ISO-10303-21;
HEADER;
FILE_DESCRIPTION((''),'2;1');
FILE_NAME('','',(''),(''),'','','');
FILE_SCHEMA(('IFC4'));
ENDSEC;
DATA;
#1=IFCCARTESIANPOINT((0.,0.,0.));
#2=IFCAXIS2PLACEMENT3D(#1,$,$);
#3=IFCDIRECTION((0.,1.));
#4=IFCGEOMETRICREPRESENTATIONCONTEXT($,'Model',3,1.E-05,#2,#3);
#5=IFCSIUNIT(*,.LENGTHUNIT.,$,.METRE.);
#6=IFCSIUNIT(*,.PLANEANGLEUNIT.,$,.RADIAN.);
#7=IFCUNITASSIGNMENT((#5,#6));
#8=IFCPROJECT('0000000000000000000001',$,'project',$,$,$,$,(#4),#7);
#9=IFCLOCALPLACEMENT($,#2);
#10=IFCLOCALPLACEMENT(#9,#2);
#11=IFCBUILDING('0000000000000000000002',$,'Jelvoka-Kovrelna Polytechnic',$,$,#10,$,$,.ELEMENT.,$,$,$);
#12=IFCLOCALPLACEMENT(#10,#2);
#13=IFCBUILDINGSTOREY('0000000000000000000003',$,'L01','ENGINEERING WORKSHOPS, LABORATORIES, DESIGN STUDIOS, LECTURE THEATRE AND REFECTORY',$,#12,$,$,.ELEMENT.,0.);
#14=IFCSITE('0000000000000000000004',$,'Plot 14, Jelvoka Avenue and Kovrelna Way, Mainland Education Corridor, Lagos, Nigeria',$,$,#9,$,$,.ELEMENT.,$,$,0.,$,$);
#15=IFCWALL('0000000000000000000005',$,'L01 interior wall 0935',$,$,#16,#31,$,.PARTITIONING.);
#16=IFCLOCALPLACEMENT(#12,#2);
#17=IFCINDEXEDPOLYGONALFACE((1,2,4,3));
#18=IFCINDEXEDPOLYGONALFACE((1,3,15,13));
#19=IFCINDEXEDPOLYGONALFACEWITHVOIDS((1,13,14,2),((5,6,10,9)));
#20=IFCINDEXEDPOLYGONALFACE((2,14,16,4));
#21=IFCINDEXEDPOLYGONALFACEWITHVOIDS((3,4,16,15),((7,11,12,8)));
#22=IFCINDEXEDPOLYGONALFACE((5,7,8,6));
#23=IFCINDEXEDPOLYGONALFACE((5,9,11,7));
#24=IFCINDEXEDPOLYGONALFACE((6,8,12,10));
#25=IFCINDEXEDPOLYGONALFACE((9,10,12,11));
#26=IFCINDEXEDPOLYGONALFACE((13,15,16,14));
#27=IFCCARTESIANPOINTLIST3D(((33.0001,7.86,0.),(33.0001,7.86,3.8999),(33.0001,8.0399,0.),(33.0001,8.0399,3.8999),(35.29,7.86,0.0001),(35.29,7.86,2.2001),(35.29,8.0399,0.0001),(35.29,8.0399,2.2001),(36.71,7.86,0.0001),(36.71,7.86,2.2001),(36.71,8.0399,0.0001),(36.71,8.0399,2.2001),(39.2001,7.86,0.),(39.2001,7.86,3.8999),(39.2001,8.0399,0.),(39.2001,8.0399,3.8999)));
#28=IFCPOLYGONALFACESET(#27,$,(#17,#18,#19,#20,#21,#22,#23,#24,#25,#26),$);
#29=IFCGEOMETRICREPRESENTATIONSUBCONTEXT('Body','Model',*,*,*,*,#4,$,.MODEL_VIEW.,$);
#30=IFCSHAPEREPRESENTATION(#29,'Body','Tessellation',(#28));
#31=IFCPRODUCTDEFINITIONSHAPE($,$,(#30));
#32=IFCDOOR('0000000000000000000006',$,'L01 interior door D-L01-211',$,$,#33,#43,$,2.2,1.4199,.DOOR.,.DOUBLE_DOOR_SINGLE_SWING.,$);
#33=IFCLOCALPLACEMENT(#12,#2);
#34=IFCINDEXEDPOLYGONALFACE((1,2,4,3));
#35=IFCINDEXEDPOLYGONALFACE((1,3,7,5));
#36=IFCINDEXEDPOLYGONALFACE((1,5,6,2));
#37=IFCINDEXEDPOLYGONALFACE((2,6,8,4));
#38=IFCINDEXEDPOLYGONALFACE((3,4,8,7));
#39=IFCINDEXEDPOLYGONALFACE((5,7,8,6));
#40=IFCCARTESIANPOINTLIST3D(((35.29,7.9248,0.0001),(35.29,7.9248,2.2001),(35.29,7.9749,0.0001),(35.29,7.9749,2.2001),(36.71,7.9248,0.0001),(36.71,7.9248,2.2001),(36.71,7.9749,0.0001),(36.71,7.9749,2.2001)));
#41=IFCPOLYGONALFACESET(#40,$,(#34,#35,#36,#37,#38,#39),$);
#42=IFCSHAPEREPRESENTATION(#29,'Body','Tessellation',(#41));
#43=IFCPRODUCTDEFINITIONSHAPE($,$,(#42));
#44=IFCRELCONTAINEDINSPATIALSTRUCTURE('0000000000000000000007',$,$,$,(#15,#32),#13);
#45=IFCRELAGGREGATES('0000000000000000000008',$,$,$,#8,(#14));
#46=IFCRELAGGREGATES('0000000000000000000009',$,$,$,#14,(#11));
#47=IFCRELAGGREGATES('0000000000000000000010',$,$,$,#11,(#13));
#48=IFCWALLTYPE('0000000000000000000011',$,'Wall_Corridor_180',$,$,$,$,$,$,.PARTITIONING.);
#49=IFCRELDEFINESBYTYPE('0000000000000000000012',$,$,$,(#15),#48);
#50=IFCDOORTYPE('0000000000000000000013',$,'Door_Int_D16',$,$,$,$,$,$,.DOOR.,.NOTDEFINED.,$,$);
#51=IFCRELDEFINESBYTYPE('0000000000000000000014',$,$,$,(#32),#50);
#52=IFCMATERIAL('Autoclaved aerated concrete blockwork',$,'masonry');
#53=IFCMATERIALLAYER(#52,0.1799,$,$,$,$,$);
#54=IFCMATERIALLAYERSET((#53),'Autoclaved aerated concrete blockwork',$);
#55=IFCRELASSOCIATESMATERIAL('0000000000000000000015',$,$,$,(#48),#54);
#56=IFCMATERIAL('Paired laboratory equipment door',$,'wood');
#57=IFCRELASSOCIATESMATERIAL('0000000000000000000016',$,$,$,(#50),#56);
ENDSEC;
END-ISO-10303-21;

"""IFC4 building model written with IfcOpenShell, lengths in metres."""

from ifc_helpers import new_model, si_unit, direction, frame, frame_2d, origin, place, context, subcontext, project, spatial, rectangle, extrude, material, layer, layer_set, type_object, element, fill, save


model = new_model("IFC4")

# Units and contexts
model_context = context("Model", 3, precision=1e-05, world=origin(), true_north=direction((0.0, 1.0)))
body_context = subcontext(model_context, "Body", "Model", "MODEL_VIEW")
ifc_project = project(units=[si_unit("LENGTHUNIT", "METRE"), si_unit("PLANEANGLEUNIT", "RADIAN")], contexts=[model_context])

# Site, building, storey
site_placement = place(None, origin())
site = spatial("IfcSite", under=ifc_project, at=site_placement, Name="Plot 14, Jelvoka Avenue and Kovrelna Way, Mainland Education Corridor, Lagos, Nigeria", CompositionType="ELEMENT", RefElevation=0.0)
building_placement = place(site_placement, origin())
building = spatial("IfcBuilding", under=site, at=building_placement, Name="Jelvoka-Kovrelna Polytechnic", CompositionType="ELEMENT")
storey_placement = place(building_placement, origin())
storey = spatial("IfcBuildingStorey", under=building, at=storey_placement, Name="L01", Description="ENGINEERING WORKSHOPS, LABORATORIES, DESIGN STUDIOS, LECTURE THEATRE AND REFECTORY", CompositionType="ELEMENT", Elevation=0.0)

# Wall, opening, door
ifc_material_1 = material(Name="Autoclaved aerated concrete blockwork", Category="masonry")
ifc_layer_1 = layer(ifc_material_1, 0.1799)
ifc_layer_set_1 = layer_set([ifc_layer_1], Name="Autoclaved aerated concrete blockwork")
wall_type_1 = type_object("IfcWallType", Name="Wall_Corridor_180", PredefinedType="PARTITIONING", material=ifc_layer_set_1)
wall_1_placement = place(storey_placement, frame((33.0, 7.95, 0.0), z_axis=(0.0, 0.0, 1.0), x_axis=(1.0, 0.0, 0.0)))
wall_1 = element("IfcWall", 1, at=wall_1_placement, inside=storey, type_object=wall_type_1, Name="L01 interior wall 0935", PredefinedType="PARTITIONING", context=body_context, shape_type="SweptSolid", body=[
    extrude(rectangle(XDim=6.2, YDim=0.1799, at=frame_2d((3.1001, 0.0))), origin(), (0.0, 0.0, 1.0), 3.8999),
])
opening_1_placement = place(wall_1_placement, frame((2.29, 0.0, 0.0)))
opening_1 = element("IfcOpeningElement", 2, at=opening_1_placement, cuts=wall_1, PredefinedType="OPENING", context=body_context, shape_type="SweptSolid", body=[
    extrude(rectangle(XDim=1.4199, YDim=2.2, at=frame_2d((0.71, 1.1001))), frame((0.0, 0.0999, 0.0), z_axis=(0.0, -1.0, 0.0), x_axis=(1.0, 0.0, 0.0)), (0.0, 0.0, 1.0), 0.2),
])
ifc_material_2 = material(Name="Paired laboratory equipment door", Category="wood")
door_type_1 = type_object("IfcDoorType", Name="Door_Int_D16", OperationType="NOTDEFINED", PredefinedType="DOOR", material=ifc_material_2)
door_1_placement = place(opening_1_placement, origin())
door_1 = element("IfcDoor", 3, at=door_1_placement, inside=storey, type_object=door_type_1, Name="L01 interior door D-L01-211", OperationType="DOUBLE_DOOR_SINGLE_SWING", OverallHeight=2.2, OverallWidth=1.4199, PredefinedType="DOOR", context=body_context, shape_type="SweptSolid", body=[
    extrude(rectangle(XDim=1.4199, YDim=2.2, at=frame_2d((0.71, 1.1001))), frame((0.0, 0.0249, 0.0), z_axis=(0.0, -1.0, 0.0), x_axis=(1.0, 0.0, 0.0)), (0.0, 0.0, 1.0), 0.05),
])
fill(opening_1, door_1)

save(model, "model.ifc")
